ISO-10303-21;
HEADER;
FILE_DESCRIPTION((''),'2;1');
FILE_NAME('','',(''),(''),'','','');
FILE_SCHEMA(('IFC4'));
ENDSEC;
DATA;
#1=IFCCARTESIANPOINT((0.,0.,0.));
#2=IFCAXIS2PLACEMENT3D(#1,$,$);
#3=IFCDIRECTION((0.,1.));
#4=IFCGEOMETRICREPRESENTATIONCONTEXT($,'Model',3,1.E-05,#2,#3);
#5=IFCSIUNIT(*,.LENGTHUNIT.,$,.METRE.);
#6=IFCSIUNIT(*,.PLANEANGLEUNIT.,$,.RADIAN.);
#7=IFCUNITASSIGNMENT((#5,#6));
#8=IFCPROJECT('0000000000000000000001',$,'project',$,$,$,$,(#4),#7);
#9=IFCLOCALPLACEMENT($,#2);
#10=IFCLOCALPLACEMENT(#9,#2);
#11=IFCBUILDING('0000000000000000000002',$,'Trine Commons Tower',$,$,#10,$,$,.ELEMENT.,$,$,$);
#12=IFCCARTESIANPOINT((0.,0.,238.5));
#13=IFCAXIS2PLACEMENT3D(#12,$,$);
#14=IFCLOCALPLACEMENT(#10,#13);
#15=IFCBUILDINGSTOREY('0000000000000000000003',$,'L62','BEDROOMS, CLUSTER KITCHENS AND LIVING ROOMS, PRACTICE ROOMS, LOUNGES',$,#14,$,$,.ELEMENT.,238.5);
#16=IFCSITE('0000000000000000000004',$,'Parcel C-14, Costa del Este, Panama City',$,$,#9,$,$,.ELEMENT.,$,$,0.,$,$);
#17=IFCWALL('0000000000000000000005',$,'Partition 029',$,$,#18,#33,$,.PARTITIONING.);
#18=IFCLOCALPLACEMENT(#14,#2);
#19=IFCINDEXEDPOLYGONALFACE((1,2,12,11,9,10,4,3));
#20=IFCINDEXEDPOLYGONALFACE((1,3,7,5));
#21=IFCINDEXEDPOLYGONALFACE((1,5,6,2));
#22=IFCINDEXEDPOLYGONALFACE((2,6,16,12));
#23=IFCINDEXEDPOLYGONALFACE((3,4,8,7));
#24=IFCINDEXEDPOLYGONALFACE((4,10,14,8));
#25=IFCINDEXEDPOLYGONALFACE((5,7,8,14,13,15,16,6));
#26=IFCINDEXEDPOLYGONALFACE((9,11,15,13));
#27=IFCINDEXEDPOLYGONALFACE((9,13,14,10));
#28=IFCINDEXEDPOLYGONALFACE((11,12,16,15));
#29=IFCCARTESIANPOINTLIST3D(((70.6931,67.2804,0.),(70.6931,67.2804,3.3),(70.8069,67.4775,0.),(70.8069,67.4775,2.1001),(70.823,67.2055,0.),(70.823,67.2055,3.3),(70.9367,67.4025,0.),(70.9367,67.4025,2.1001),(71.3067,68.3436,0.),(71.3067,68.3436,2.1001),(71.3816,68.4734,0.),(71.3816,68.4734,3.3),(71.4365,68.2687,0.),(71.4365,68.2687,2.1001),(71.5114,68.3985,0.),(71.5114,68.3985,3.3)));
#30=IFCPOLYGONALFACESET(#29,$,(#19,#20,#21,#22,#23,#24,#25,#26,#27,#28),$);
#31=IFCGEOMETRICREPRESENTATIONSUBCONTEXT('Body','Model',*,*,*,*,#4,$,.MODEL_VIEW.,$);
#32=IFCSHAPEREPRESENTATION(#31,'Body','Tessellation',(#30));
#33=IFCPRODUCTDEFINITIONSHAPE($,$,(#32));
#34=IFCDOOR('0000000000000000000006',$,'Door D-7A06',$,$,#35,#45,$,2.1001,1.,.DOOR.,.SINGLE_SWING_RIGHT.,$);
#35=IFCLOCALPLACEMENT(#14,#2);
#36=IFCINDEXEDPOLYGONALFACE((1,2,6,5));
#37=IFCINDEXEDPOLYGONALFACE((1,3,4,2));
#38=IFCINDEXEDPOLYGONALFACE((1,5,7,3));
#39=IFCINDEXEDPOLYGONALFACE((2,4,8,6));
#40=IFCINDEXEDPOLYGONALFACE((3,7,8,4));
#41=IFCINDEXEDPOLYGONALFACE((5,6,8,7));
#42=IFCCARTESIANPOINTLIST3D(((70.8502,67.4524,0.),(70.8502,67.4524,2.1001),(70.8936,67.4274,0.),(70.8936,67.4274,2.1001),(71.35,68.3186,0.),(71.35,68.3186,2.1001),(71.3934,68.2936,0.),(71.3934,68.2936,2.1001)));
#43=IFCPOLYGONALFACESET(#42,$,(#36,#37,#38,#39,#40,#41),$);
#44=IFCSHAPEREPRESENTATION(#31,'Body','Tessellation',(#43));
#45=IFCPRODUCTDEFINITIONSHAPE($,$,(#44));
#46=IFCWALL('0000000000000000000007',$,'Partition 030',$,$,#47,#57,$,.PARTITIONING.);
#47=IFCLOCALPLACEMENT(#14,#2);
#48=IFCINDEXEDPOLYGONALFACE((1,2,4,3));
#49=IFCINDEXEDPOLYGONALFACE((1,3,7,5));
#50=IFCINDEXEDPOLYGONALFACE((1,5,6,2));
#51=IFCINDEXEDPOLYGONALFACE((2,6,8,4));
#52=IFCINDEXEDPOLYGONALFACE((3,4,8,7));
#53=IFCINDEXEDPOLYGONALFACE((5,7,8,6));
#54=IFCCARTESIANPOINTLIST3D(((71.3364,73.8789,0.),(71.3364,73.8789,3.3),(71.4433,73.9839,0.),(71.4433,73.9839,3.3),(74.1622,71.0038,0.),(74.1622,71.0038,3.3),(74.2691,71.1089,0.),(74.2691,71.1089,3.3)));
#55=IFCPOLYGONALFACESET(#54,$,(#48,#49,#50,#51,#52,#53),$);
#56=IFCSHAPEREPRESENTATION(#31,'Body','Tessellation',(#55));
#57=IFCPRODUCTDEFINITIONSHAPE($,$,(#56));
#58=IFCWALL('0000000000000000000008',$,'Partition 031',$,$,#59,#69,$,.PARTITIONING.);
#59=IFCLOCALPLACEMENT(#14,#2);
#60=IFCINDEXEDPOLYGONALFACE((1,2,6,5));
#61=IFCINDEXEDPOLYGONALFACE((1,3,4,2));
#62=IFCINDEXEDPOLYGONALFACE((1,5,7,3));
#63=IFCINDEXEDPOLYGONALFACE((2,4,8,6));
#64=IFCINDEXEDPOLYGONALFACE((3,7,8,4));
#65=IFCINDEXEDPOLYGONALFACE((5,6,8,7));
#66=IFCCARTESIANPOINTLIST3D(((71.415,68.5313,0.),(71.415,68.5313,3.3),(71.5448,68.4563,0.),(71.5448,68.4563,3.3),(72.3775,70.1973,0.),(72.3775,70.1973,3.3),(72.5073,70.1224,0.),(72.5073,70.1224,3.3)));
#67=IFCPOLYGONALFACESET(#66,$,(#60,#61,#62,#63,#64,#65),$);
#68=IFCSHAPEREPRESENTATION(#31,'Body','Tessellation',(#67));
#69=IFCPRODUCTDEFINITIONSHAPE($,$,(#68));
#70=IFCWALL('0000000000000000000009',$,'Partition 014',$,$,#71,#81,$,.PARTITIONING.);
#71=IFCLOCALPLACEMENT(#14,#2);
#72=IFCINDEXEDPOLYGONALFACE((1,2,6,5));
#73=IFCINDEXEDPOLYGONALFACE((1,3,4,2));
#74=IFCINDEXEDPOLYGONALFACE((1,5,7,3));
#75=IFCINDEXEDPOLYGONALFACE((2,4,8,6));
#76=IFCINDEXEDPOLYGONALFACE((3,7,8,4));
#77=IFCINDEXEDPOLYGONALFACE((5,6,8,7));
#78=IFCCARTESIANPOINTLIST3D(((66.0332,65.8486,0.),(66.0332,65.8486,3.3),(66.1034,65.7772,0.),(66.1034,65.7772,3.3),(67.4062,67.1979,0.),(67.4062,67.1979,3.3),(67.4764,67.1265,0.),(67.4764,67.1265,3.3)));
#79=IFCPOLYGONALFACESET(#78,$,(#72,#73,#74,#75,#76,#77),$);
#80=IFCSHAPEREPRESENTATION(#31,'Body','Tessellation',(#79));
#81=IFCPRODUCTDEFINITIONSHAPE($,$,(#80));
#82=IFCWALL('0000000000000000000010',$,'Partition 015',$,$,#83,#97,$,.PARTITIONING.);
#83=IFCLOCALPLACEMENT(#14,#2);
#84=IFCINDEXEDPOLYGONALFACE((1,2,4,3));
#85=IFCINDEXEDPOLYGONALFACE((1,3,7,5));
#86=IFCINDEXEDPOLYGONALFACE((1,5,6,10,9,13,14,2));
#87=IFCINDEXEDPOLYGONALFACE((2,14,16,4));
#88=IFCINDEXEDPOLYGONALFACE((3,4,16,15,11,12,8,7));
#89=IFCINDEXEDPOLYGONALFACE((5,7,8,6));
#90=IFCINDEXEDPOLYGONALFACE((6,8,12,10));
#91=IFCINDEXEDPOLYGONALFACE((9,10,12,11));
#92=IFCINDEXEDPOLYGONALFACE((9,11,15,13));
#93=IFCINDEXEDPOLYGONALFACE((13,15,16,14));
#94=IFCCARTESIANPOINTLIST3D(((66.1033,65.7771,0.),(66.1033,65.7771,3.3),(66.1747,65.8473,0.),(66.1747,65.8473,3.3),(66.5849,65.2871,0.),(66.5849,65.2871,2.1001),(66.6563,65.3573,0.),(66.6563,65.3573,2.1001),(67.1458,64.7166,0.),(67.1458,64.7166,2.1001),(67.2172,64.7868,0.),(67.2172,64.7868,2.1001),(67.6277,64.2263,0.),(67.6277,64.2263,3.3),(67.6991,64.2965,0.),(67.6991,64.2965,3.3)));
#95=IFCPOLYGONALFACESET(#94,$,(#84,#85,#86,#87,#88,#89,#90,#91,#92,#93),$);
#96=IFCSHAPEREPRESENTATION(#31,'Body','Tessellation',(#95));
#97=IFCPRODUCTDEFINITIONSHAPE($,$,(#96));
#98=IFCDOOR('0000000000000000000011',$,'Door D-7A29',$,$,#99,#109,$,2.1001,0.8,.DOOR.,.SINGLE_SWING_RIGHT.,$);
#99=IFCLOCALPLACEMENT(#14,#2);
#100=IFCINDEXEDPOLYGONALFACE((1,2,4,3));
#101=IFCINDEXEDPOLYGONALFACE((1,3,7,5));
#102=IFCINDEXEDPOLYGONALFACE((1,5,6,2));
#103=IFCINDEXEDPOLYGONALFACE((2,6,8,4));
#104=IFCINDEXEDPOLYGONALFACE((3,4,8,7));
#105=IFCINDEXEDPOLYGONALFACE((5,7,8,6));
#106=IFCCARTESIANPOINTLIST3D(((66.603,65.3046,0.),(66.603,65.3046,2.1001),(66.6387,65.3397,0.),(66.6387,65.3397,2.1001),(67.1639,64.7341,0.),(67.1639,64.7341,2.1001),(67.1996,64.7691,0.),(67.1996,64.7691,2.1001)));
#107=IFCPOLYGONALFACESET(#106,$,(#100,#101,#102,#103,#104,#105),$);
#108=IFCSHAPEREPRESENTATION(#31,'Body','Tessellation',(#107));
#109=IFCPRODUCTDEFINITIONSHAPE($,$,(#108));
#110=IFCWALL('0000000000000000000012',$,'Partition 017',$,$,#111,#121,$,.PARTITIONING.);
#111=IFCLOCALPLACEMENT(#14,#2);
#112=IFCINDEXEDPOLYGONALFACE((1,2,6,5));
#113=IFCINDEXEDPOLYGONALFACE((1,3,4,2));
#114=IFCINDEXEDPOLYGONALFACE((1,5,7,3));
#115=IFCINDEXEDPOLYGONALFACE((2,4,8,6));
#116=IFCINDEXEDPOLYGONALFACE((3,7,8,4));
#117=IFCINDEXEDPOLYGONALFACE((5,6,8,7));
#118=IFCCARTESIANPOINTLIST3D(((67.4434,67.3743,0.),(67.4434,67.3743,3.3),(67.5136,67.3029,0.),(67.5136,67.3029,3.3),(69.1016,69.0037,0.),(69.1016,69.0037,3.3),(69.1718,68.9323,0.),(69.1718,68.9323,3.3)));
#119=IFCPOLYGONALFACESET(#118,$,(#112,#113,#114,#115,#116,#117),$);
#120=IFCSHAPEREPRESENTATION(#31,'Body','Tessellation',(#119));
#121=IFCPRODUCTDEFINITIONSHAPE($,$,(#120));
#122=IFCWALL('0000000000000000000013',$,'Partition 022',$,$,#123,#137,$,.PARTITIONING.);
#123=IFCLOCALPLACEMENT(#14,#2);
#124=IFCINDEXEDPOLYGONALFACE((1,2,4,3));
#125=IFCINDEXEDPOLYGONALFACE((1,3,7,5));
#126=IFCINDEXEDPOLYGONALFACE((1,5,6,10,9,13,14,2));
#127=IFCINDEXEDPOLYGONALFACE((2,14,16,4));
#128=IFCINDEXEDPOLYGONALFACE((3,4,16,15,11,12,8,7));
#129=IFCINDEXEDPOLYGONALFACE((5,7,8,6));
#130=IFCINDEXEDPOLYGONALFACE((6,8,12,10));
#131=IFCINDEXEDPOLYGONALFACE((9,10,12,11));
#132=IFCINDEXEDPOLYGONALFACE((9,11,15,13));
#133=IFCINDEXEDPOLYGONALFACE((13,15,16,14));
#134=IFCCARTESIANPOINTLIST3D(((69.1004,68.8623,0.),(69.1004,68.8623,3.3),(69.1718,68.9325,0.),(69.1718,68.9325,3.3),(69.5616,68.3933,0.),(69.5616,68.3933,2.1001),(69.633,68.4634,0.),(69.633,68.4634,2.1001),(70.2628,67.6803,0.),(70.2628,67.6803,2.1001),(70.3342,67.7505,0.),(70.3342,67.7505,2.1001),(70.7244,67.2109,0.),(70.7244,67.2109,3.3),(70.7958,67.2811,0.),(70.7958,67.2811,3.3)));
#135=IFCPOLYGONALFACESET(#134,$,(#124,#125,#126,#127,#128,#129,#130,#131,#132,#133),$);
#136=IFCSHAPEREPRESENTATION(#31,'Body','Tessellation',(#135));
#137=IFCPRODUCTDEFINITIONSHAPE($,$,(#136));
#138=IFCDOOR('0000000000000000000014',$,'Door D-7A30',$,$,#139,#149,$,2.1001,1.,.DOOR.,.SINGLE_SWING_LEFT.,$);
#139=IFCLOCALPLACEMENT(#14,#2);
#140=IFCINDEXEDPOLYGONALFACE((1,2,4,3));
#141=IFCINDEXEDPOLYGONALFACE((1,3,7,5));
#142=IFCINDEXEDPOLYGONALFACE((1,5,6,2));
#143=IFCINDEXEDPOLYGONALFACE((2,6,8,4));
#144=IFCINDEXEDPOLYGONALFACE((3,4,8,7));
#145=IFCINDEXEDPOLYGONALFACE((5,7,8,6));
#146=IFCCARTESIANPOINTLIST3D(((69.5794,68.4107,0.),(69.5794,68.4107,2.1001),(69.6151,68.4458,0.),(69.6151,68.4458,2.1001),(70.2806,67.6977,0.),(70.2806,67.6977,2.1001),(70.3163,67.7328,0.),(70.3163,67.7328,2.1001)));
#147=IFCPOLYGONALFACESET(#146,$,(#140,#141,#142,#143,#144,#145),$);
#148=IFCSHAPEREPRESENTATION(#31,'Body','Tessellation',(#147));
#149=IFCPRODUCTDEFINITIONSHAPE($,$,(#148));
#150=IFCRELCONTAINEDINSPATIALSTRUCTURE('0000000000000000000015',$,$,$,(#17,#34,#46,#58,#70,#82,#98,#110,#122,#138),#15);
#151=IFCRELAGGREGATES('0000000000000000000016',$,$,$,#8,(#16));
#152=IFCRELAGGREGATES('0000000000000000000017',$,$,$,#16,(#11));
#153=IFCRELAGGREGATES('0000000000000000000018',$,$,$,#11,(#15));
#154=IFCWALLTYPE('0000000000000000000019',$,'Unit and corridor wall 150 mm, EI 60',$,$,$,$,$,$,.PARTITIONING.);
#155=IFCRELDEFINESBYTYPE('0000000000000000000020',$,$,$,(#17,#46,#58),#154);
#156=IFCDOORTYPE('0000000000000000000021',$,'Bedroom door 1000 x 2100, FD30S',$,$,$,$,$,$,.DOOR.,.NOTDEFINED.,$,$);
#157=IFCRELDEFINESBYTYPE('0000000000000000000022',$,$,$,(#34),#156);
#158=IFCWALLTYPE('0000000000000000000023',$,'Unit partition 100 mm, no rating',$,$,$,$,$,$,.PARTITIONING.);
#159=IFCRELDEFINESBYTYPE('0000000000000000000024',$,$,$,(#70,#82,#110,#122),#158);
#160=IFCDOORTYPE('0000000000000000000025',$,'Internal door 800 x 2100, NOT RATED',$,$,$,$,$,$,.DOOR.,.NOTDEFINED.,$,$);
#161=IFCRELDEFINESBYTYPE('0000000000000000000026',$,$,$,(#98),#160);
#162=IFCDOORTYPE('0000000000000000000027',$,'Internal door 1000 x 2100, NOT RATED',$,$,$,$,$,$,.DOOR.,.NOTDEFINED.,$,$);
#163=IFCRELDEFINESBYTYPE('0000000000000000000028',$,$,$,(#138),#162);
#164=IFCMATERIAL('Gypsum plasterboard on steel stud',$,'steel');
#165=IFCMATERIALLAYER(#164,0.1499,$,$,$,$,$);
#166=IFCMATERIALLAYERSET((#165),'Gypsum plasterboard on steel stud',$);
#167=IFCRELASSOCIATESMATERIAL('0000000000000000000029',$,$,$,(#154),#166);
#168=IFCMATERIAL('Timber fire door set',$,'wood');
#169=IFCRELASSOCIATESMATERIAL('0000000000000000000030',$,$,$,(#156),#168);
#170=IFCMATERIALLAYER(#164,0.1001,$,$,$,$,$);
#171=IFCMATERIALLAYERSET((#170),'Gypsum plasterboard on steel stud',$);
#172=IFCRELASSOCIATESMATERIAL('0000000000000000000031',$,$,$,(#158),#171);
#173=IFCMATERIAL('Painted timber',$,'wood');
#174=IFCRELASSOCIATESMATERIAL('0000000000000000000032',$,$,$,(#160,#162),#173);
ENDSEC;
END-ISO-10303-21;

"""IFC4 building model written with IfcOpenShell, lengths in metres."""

from ifc_helpers import new_model, si_unit, direction, frame, frame_2d, origin, place, context, subcontext, project, spatial, rectangle, extrude, material, layer, layer_set, type_object, element, fill, save


model = new_model("IFC4")

# Units and contexts
model_context = context("Model", 3, precision=1e-05, world=origin(), true_north=direction((0.0, 1.0)))
body_context = subcontext(model_context, "Body", "Model", "MODEL_VIEW")
ifc_project = project(units=[si_unit("LENGTHUNIT", "METRE"), si_unit("PLANEANGLEUNIT", "RADIAN")], contexts=[model_context])

# Site, building, storey
site_placement = place(None, origin())
site = spatial("IfcSite", under=ifc_project, at=site_placement, Name="Parcel C-14, Costa del Este, Panama City", CompositionType="ELEMENT", RefElevation=0.0)
building_placement = place(site_placement, origin())
building = spatial("IfcBuilding", under=site, at=building_placement, Name="Trine Commons Tower", CompositionType="ELEMENT")
storey_placement = place(building_placement, frame((0.0, 0.0, 238.5)))
storey = spatial("IfcBuildingStorey", under=building, at=storey_placement, Name="L62", Description="BEDROOMS, CLUSTER KITCHENS AND LIVING ROOMS, PRACTICE ROOMS, LOUNGES", CompositionType="ELEMENT", Elevation=238.5)

# Shared definitions
ifc_material_1 = material(Name="Gypsum plasterboard on steel stud", Category="steel")
ifc_layer_1 = layer(ifc_material_1, 0.1499)
ifc_layer_set_1 = layer_set([ifc_layer_1], Name="Gypsum plasterboard on steel stud")
wall_type_1 = type_object("IfcWallType", Name="Unit and corridor wall 150 mm, EI 60", PredefinedType="PARTITIONING", material=ifc_layer_set_1)

# Wall, opening, door
wall_1_placement = place(storey_placement, frame((70.7581, 67.2429, 0.0), z_axis=(0.0, 0.0, 1.0), x_axis=(0.499799, 0.866141, 0.0)))
wall_1 = element("IfcWall", 1, at=wall_1_placement, inside=storey, type_object=wall_type_1, Name="Partition 029", PredefinedType="PARTITIONING", context=body_context, shape_type="SweptSolid", body=[
    extrude(rectangle(XDim=1.3774, YDim=0.1499, at=frame_2d((0.6887, 0.0))), origin(), (0.0, 0.0, 1.0), 3.3),
])
opening_1_placement = place(wall_1_placement, frame((0.2275, 0.0, 0.0)))
opening_1 = element("IfcOpeningElement", 2, at=opening_1_placement, cuts=wall_1, PredefinedType="OPENING", context=body_context, shape_type="SweptSolid", body=[
    extrude(rectangle(XDim=1.0, YDim=2.1001, at=frame_2d((0.5, 1.05))), frame((0.0, 0.085, 0.0), z_axis=(0.0, -1.0, 0.0), x_axis=(1.0, 0.0, 0.0)), (0.0, 0.0, 1.0), 0.1699),
])
ifc_material_2 = material(Name="Timber fire door set", Category="wood")
door_type_1 = type_object("IfcDoorType", Name="Bedroom door 1000 x 2100, FD30S", OperationType="NOTDEFINED", PredefinedType="DOOR", material=ifc_material_2)
door_1_placement = place(opening_1_placement, origin())
door_1 = element("IfcDoor", 3, at=door_1_placement, inside=storey, type_object=door_type_1, Name="Door D-7A06", OperationType="SINGLE_SWING_RIGHT", OverallHeight=2.1001, OverallWidth=1.0, PredefinedType="DOOR", context=body_context, shape_type="SweptSolid", body=[
    extrude(rectangle(XDim=1.0, YDim=2.1001, at=frame_2d((0.5, 1.05))), frame((0.0, 0.0249, 0.0), z_axis=(0.0, -1.0, 0.0), x_axis=(1.0, 0.0, 0.0)), (0.0, 0.0, 1.0), 0.05),
])
fill(opening_1, door_1)

# Walls
wall_2_placement = place(storey_placement, frame((71.3899, 73.9314, 0.0), z_axis=(0.0, 0.0, 1.0), x_axis=(0.700963, -0.713197, 0.0)))
element("IfcWall", 4, at=wall_2_placement, inside=storey, type_object=wall_type_1, Name="Partition 030", PredefinedType="PARTITIONING", context=body_context, shape_type="SweptSolid", body=[
    extrude(rectangle(XDim=4.0312, YDim=0.1499, at=frame_2d((2.0156, 0.0))), origin(), (0.0, 0.0, 1.0), 3.3),
])
wall_3_placement = place(storey_placement, frame((71.48, 68.4939, 0.0), z_axis=(0.0, 0.0, 1.0), x_axis=(0.500206, 0.865907, 0.0)))
element("IfcWall", 5, at=wall_3_placement, inside=storey, type_object=wall_type_1, Name="Partition 031", PredefinedType="PARTITIONING", context=body_context, shape_type="SweptSolid", body=[
    extrude(rectangle(XDim=1.9241, YDim=0.1499, at=frame_2d((0.9619, 0.0))), origin(), (0.0, 0.0, 1.0), 3.3),
])
ifc_layer_2 = layer(ifc_material_1, 0.1001)
ifc_layer_set_2 = layer_set([ifc_layer_2], Name="Gypsum plasterboard on steel stud")
wall_type_2 = type_object("IfcWallType", Name="Unit partition 100 mm, no rating", PredefinedType="PARTITIONING", material=ifc_layer_set_2)
wall_4_placement = place(storey_placement, frame((66.0684, 65.813, 0.0), z_axis=(0.0, 0.0, 1.0), x_axis=(0.713231, 0.700929, 0.0)))
element("IfcWall", 6, at=wall_4_placement, inside=storey, type_object=wall_type_2, Name="Partition 014", PredefinedType="PARTITIONING", context=body_context, shape_type="SweptSolid", body=[
    extrude(rectangle(XDim=1.925, YDim=0.1001, at=frame_2d((0.9624, 0.0))), origin(), (0.0, 0.0, 1.0), 3.3),
])

# Wall, opening, door
wall_5_placement = place(storey_placement, frame((66.1389, 65.8123, 0.0), z_axis=(0.0, 0.0, 1.0), x_axis=(0.701018, -0.713143, 0.0)))
wall_5 = element("IfcWall", 7, at=wall_5_placement, inside=storey, type_object=wall_type_2, Name="Partition 015", PredefinedType="PARTITIONING", context=body_context, shape_type="SweptSolid", body=[
    extrude(rectangle(XDim=2.1746, YDim=0.1001, at=frame_2d((1.0874, 0.0))), origin(), (0.0, 0.0, 1.0), 3.3),
])
opening_2_placement = place(wall_5_placement, frame((0.6873, 0.0, 0.0)))
opening_2 = element("IfcOpeningElement", 8, at=opening_2_placement, cuts=wall_5, PredefinedType="OPENING", context=body_context, shape_type="SweptSolid", body=[
    extrude(rectangle(XDim=0.8, YDim=2.1001, at=frame_2d((0.3999, 1.05))), frame((0.0, 0.0601, 0.0), z_axis=(0.0, -1.0, 0.0), x_axis=(1.0, 0.0, 0.0)), (0.0, 0.0, 1.0), 0.1201),
])
ifc_material_3 = material(Name="Painted timber", Category="wood")
door_type_2 = type_object("IfcDoorType", Name="Internal door 800 x 2100, NOT RATED", OperationType="NOTDEFINED", PredefinedType="DOOR", material=ifc_material_3)
door_2_placement = place(opening_2_placement, frame((0.8, 0.0, 0.0), z_axis=(0.0, 0.0, 1.0), x_axis=(-1.0, 0.0, 0.0)))
door_2 = element("IfcDoor", 9, at=door_2_placement, inside=storey, type_object=door_type_2, Name="Door D-7A29", OperationType="SINGLE_SWING_RIGHT", OverallHeight=2.1001, OverallWidth=0.8, PredefinedType="DOOR", context=body_context, shape_type="SweptSolid", body=[
    extrude(rectangle(XDim=0.8, YDim=2.1001, at=frame_2d((0.3999, 1.05))), frame((0.0, 0.0249, 0.0), z_axis=(0.0, -1.0, 0.0), x_axis=(1.0, 0.0, 0.0)), (0.0, 0.0, 1.0), 0.05),
])
fill(opening_2, door_2)

# Wall
wall_6_placement = place(storey_placement, frame((67.4785, 67.3386, 0.0), z_axis=(0.0, 0.0, 1.0), x_axis=(0.713276, 0.700884, 0.0)))
element("IfcWall", 10, at=wall_6_placement, inside=storey, type_object=wall_type_2, Name="Partition 017", PredefinedType="PARTITIONING", context=body_context, shape_type="SweptSolid", body=[
    extrude(rectangle(XDim=2.3247, YDim=0.1001, at=frame_2d((1.1624, 0.0))), origin(), (0.0, 0.0, 1.0), 3.3),
])

# Wall, opening, door
wall_7_placement = place(storey_placement, frame((69.136, 68.8975, 0.0), z_axis=(0.0, 0.0, 1.0), x_axis=(0.701179, -0.712985, 0.0)))
wall_7 = element("IfcWall", 11, at=wall_7_placement, inside=storey, type_object=wall_type_2, Name="Partition 022", PredefinedType="PARTITIONING", context=body_context, shape_type="SweptSolid", body=[
    extrude(rectangle(XDim=2.3162, YDim=0.1001, at=frame_2d((1.1582, 0.0))), origin(), (0.0, 0.0, 1.0), 3.3),
])
opening_3_placement = place(wall_7_placement, frame((0.658, 0.0, 0.0)))
opening_3 = element("IfcOpeningElement", 12, at=opening_3_placement, cuts=wall_7, PredefinedType="OPENING", context=body_context, shape_type="SweptSolid", body=[
    extrude(rectangle(XDim=1.0, YDim=2.1001, at=frame_2d((0.5, 1.05))), frame((0.0, 0.0601, 0.0), z_axis=(0.0, -1.0, 0.0), x_axis=(1.0, 0.0, 0.0)), (0.0, 0.0, 1.0), 0.1201),
])
door_type_3 = type_object("IfcDoorType", Name="Internal door 1000 x 2100, NOT RATED", OperationType="NOTDEFINED", PredefinedType="DOOR", material=ifc_material_3)
door_3_placement = place(opening_3_placement, origin())
door_3 = element("IfcDoor", 13, at=door_3_placement, inside=storey, type_object=door_type_3, Name="Door D-7A30", OperationType="SINGLE_SWING_LEFT", OverallHeight=2.1001, OverallWidth=1.0, PredefinedType="DOOR", context=body_context, shape_type="SweptSolid", body=[
    extrude(rectangle(XDim=1.0, YDim=2.1001, at=frame_2d((0.5, 1.05))), frame((0.0, 0.0249, 0.0), z_axis=(0.0, -1.0, 0.0), x_axis=(1.0, 0.0, 0.0)), (0.0, 0.0, 1.0), 0.05),
])
fill(opening_3, door_3)

save(model, "model.ifc")
